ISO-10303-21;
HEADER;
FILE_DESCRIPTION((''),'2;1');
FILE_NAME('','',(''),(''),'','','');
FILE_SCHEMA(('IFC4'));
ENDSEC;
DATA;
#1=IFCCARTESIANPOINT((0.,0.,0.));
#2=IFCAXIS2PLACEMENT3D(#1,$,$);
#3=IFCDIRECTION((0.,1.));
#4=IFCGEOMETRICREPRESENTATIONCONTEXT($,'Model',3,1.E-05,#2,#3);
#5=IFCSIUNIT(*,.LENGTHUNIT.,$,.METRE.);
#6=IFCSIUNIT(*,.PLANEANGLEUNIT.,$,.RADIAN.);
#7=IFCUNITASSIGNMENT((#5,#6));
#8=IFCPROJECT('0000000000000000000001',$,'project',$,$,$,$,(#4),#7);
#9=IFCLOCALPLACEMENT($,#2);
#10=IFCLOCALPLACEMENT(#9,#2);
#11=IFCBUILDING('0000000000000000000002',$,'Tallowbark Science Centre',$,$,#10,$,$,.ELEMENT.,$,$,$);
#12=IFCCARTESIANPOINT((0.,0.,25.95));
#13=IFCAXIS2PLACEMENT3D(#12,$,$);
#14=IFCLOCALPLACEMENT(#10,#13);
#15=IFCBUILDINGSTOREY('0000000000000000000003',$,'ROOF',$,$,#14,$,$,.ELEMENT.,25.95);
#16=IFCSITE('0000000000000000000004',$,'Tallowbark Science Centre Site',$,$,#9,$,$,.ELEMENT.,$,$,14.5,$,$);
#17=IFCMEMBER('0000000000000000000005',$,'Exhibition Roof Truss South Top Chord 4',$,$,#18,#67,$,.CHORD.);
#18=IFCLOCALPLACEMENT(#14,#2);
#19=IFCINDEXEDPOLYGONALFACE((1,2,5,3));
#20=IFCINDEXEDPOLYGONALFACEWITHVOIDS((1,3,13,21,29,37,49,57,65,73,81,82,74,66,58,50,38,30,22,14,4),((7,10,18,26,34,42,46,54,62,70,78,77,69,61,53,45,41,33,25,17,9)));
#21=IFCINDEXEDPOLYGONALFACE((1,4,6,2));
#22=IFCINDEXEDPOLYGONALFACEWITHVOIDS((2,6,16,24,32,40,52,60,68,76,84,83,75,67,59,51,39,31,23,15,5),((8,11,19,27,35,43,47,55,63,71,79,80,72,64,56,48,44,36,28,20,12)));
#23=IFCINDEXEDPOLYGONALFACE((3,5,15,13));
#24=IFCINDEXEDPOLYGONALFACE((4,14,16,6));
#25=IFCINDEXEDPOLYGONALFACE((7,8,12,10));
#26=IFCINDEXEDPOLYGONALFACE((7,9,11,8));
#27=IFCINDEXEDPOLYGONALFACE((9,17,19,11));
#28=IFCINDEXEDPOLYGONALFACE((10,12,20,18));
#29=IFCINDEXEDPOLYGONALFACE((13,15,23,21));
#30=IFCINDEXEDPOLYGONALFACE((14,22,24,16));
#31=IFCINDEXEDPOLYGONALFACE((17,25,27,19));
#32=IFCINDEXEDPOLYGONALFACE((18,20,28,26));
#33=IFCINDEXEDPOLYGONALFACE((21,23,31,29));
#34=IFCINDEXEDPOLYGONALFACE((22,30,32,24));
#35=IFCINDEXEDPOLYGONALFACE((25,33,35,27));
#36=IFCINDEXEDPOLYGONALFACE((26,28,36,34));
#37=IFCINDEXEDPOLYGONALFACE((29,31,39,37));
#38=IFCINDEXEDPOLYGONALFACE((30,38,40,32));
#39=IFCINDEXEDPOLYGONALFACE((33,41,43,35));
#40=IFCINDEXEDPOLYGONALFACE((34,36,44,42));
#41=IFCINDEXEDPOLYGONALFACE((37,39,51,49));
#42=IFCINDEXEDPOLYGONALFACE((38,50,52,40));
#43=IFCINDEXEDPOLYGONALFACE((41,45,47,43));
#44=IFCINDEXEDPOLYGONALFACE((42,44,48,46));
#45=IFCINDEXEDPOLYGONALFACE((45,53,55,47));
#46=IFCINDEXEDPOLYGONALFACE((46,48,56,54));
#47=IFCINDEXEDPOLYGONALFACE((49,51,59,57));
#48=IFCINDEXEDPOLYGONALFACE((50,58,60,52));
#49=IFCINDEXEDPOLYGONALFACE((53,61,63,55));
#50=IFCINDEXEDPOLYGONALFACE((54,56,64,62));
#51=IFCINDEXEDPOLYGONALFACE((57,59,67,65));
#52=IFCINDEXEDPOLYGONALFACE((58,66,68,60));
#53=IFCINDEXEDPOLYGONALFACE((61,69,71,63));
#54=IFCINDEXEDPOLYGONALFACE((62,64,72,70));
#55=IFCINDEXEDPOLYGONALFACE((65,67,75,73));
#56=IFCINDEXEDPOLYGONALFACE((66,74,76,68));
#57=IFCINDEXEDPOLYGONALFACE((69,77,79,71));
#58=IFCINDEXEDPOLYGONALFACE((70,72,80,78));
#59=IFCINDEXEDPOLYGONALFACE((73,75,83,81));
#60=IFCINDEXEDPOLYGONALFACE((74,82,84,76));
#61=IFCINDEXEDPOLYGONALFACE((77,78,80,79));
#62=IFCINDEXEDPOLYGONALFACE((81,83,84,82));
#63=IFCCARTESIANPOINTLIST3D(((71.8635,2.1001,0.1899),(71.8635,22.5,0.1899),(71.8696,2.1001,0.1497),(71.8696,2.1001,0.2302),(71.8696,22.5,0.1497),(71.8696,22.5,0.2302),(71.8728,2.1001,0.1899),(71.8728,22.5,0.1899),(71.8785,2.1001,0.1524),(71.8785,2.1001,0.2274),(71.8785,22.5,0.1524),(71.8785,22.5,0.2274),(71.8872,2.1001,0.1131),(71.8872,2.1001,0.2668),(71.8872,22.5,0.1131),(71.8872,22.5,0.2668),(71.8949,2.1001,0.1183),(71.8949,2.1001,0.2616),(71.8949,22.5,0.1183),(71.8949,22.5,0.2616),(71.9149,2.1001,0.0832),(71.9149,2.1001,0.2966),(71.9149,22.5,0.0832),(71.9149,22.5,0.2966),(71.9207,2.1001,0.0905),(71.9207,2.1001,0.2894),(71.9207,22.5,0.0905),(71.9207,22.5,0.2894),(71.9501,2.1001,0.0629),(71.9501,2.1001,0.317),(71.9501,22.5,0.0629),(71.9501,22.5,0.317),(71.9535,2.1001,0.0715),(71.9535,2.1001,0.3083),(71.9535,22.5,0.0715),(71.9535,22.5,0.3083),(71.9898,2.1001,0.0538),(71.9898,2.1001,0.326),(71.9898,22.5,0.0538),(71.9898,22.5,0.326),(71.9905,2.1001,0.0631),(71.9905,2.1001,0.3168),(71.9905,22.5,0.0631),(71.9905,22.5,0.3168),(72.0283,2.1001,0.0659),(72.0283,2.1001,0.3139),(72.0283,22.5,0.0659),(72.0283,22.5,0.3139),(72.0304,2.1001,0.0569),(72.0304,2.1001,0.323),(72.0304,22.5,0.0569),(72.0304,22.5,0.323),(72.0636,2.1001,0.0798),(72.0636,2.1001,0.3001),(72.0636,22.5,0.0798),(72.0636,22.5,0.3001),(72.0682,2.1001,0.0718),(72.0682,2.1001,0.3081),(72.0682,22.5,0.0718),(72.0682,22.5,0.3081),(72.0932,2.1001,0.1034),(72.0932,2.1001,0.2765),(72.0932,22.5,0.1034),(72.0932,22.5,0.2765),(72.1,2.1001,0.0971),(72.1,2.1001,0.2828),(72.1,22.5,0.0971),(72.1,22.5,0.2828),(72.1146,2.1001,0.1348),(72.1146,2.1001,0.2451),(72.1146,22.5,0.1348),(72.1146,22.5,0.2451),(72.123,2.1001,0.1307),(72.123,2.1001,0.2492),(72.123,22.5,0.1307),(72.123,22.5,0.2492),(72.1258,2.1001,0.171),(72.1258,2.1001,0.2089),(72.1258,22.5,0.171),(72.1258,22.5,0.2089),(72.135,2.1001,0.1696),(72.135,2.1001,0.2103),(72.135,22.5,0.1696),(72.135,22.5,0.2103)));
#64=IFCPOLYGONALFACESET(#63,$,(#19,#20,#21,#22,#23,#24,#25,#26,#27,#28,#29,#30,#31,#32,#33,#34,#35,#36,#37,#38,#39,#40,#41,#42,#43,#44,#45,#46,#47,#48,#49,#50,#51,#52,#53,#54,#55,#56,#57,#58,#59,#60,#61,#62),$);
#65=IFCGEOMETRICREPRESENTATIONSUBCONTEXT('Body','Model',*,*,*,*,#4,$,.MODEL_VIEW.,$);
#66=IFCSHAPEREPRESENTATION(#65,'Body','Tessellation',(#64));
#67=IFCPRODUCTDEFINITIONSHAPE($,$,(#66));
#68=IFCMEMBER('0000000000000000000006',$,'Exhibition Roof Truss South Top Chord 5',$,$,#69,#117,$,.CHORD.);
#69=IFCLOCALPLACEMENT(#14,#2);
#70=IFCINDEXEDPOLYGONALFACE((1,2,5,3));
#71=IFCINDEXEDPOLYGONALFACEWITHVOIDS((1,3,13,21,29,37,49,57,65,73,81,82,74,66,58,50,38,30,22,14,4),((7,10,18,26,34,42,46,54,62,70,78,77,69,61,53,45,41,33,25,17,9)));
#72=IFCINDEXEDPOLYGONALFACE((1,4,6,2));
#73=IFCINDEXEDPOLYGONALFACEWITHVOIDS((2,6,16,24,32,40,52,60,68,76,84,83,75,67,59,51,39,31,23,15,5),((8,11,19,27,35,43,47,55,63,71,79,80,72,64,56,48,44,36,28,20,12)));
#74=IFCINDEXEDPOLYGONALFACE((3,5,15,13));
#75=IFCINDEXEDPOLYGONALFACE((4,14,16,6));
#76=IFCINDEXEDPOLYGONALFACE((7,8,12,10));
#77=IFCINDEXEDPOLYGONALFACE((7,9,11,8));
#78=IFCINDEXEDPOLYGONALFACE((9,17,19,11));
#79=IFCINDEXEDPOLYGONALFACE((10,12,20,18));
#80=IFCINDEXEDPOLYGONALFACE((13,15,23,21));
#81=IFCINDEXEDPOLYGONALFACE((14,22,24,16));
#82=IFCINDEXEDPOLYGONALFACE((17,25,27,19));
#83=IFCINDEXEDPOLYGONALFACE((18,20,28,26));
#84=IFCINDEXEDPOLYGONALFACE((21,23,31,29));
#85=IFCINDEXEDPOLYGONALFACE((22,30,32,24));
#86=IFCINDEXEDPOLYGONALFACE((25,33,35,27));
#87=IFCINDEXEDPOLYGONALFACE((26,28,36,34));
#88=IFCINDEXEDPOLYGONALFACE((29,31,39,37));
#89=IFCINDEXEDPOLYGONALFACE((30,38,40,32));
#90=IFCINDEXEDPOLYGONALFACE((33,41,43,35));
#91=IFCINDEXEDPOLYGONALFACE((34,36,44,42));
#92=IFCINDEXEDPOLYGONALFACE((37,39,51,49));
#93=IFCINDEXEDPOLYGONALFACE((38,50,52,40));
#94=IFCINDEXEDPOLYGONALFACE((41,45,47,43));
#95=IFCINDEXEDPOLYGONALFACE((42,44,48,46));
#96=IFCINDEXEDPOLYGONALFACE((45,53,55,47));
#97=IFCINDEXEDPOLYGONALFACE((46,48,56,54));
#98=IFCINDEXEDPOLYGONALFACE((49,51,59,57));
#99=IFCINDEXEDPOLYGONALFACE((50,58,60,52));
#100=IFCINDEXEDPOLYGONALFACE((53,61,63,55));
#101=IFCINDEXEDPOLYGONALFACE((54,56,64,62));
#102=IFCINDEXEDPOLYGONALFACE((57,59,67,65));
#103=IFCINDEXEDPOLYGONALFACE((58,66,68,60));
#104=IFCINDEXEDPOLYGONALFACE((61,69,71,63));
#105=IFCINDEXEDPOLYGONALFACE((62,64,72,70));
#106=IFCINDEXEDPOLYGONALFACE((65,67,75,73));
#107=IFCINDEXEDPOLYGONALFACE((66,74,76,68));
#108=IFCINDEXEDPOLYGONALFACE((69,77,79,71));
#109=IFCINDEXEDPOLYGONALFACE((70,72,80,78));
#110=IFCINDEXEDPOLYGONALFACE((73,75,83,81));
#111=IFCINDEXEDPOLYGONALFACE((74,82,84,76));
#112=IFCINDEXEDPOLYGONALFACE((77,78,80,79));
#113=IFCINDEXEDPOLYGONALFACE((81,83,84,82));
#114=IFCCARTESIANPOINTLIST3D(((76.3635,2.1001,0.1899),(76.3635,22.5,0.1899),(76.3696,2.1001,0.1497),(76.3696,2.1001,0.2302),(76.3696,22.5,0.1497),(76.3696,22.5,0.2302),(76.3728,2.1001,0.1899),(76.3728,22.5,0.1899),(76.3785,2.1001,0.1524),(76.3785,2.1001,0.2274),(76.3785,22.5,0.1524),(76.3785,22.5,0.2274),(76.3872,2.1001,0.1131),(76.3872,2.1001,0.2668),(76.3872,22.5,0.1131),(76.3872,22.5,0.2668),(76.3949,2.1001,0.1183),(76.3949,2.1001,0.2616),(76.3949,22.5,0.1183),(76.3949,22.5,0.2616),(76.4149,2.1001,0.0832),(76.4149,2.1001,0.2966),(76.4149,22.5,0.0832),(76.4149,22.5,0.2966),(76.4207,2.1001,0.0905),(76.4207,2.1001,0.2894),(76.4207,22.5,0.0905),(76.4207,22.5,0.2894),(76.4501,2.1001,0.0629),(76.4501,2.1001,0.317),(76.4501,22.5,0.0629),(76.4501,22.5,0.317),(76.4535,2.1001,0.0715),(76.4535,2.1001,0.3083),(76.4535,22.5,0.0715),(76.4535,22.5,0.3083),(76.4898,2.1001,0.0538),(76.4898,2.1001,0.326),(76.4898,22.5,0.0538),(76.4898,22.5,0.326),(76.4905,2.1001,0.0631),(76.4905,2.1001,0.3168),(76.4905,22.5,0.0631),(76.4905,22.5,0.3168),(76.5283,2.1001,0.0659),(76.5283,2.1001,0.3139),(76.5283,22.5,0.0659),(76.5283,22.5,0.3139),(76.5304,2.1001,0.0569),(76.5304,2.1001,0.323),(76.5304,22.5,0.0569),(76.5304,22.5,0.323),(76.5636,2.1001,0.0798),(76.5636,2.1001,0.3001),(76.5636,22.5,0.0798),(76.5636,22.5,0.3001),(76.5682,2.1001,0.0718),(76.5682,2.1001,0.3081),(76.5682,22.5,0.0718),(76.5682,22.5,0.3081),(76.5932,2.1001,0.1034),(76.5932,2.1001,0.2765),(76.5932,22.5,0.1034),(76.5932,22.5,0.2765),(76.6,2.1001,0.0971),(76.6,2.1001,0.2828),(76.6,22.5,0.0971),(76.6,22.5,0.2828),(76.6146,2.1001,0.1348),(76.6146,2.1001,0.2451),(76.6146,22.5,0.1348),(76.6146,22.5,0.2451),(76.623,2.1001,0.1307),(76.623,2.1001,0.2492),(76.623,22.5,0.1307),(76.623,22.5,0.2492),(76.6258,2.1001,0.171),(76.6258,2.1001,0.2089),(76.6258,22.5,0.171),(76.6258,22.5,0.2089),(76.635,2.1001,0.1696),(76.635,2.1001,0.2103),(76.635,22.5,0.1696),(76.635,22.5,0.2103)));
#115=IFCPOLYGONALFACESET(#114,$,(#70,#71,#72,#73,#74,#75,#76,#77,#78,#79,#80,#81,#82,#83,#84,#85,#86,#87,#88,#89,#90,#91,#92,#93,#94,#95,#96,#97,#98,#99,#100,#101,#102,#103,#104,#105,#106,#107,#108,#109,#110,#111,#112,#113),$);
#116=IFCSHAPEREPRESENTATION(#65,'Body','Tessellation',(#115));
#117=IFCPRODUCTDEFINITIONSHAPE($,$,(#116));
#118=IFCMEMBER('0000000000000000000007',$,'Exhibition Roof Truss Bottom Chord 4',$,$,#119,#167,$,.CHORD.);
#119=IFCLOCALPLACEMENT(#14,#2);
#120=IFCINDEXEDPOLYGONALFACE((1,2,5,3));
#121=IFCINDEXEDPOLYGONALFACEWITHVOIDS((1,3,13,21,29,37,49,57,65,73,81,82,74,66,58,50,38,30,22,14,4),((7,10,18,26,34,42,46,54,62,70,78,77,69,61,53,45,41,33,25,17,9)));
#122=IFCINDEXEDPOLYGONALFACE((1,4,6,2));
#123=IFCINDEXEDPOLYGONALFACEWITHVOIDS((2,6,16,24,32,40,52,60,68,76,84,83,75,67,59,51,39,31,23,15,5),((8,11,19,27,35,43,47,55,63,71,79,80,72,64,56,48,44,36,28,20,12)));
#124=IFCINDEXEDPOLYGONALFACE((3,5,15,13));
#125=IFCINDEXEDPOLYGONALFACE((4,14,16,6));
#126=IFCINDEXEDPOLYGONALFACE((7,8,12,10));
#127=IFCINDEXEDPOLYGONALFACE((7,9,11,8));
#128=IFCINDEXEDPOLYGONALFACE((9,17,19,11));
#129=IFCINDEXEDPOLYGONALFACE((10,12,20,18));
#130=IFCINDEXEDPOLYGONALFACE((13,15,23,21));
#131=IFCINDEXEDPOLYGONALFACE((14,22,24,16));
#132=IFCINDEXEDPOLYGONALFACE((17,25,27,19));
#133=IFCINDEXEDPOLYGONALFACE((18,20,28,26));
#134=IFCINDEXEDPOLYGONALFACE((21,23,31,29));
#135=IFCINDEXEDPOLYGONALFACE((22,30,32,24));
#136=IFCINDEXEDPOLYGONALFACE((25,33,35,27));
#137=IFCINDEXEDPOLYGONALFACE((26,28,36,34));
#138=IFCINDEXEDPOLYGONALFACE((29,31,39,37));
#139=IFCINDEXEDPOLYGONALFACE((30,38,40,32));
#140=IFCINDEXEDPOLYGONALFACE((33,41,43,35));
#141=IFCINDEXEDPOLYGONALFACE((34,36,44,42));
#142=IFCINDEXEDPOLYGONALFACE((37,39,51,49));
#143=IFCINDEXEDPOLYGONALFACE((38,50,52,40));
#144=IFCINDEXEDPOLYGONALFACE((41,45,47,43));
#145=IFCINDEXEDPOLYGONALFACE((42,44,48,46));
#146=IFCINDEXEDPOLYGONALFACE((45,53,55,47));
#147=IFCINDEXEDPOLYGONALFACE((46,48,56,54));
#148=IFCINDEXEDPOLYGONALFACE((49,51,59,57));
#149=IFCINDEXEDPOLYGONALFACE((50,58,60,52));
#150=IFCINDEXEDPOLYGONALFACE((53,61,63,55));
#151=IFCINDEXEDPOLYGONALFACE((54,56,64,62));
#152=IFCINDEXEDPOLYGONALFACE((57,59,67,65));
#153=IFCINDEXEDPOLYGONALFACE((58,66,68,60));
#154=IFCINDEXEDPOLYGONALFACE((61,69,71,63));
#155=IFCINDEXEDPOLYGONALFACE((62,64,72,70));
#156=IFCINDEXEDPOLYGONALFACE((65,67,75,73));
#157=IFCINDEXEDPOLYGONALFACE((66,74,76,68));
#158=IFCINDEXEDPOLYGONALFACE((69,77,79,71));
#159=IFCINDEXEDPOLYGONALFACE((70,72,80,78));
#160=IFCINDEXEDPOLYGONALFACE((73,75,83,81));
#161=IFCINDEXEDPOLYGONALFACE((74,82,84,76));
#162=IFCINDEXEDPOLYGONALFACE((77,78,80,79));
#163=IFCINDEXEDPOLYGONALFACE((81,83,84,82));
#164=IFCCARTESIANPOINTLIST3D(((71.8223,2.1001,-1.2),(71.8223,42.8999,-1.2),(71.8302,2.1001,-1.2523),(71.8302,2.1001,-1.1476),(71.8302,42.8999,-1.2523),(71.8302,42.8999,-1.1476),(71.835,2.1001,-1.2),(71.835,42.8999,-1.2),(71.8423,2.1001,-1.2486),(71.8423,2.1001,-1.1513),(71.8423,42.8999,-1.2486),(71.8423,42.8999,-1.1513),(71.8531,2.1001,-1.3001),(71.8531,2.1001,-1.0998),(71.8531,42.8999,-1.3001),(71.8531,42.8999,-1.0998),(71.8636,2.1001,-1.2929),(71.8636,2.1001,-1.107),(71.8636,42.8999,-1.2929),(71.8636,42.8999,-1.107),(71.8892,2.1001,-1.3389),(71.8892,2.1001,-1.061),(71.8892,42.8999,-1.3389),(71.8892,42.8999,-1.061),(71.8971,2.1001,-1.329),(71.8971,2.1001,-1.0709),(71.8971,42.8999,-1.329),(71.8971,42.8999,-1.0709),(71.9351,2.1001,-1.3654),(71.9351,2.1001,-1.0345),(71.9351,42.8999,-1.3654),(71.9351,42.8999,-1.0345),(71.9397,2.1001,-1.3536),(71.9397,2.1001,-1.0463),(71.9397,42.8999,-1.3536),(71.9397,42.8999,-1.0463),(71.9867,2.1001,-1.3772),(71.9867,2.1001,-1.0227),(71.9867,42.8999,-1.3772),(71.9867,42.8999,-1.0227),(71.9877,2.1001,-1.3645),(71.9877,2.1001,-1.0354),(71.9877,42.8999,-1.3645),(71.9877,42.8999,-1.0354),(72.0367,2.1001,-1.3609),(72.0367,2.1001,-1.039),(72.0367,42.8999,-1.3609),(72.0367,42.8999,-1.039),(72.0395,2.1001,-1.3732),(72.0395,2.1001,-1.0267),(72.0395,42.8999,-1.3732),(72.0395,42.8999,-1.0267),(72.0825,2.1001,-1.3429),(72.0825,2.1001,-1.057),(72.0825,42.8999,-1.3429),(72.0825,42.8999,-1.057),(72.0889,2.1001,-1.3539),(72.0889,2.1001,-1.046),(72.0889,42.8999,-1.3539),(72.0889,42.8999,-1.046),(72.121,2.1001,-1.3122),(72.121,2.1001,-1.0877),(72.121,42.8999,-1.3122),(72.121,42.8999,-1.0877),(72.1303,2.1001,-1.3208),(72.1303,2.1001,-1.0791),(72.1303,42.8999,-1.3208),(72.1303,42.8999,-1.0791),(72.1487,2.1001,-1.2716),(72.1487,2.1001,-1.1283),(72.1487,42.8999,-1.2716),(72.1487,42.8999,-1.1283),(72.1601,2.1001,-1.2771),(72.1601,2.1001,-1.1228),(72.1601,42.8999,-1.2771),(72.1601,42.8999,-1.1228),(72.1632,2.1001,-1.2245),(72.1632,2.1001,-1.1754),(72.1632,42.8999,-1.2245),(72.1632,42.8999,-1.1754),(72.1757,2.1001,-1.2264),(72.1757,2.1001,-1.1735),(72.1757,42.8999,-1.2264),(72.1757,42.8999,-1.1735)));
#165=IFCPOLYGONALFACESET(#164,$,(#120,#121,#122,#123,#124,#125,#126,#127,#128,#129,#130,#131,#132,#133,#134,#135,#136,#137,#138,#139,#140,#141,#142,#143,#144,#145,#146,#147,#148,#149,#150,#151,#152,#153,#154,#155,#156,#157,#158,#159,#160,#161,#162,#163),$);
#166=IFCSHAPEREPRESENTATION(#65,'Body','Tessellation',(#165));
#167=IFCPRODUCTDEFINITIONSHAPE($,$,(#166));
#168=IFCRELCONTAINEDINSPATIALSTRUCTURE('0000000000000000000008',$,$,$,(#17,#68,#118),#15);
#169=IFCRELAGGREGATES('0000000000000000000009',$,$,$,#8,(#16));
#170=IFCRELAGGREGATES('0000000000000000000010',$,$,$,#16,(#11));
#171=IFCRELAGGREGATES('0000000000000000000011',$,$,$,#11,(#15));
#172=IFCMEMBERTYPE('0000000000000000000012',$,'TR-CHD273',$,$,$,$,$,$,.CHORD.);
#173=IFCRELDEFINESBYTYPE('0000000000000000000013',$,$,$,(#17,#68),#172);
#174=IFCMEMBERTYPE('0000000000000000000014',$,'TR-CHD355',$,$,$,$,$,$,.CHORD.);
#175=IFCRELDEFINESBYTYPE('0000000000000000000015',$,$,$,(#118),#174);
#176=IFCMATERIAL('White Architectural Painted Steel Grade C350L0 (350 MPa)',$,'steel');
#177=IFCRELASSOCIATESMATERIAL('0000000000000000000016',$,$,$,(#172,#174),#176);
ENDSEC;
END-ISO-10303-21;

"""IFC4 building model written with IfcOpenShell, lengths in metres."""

from ifc_helpers import new_model, si_unit, direction, frame, origin, origin_2d, place, context, subcontext, project, spatial, hollow_circle, extrude, material, material_profile, profile_set, type_object, element, save


model = new_model("IFC4")

# Units and contexts
model_context = context("Model", 3, precision=1e-05, world=origin(), true_north=direction((0.0, 1.0)))
body_context = subcontext(model_context, "Body", "Model", "MODEL_VIEW")
ifc_project = project(units=[si_unit("LENGTHUNIT", "METRE"), si_unit("PLANEANGLEUNIT", "RADIAN")], contexts=[model_context])

# Site, building, storey
site_placement = place(None, origin())
site = spatial("IfcSite", under=ifc_project, at=site_placement, Name="Tallowbark Science Centre Site", CompositionType="ELEMENT", RefElevation=14.5)
building_placement = place(site_placement, origin())
building = spatial("IfcBuilding", under=site, at=building_placement, Name="Tallowbark Science Centre", CompositionType="ELEMENT")
storey_placement = place(building_placement, frame((0.0, 0.0, 25.95)))
storey = spatial("IfcBuildingStorey", under=building, at=storey_placement, Name="ROOF", CompositionType="ELEMENT", Elevation=25.95)

# Shared definitions
ifc_material_1 = material(Name="White Architectural Painted Steel Grade C350L0 (350 MPa)", Category="steel")

# Members
ifc_material_profile_1 = material_profile(ifc_material_1, hollow_circle(Radius=0.1365, WallThickness=0.0093, at=origin_2d()), Name="273.1x9.3CHS")
ifc_profile_set_1 = profile_set([ifc_material_profile_1], Name="White Architectural Painted Steel Grade C350L0 (350 MPa)")
member_type_1 = type_object("IfcMemberType", Name="TR-CHD273", PredefinedType="CHORD", material=ifc_profile_set_1)
for number, where, z_axis, x_axis, name in (
    (1, (72.0, 2.1001, 0.1899), (0.0, 1.0, 0.0), (-1.0, 0.0, 0.0), "Exhibition Roof Truss South Top Chord 4"),
    (2, (76.5, 2.1001, 0.1899), (0.0, 1.0, 0.0), (-1.0, 0.0, 0.0), "Exhibition Roof Truss South Top Chord 5"),
):
    element("IfcMember", number, at=place(storey_placement, frame(where, z_axis=z_axis, x_axis=x_axis)), inside=storey, type_object=member_type_1, Name=name, PredefinedType="CHORD", context=body_context, shape_type="SweptSolid", body=[
        extrude(hollow_circle(Radius=0.1365, WallThickness=0.0093, at=origin_2d()), origin(), (0.0, 0.0, 1.0), 20.3999),
    ])
ifc_material_profile_2 = material_profile(ifc_material_1, hollow_circle(Radius=0.1777, WallThickness=0.0127, at=origin_2d()), Name="355.6x12.7CHS")
ifc_profile_set_2 = profile_set([ifc_material_profile_2], Name="White Architectural Painted Steel Grade C350L0 (350 MPa)")
member_type_2 = type_object("IfcMemberType", Name="TR-CHD355", PredefinedType="CHORD", material=ifc_profile_set_2)
for number, where, z_axis, x_axis, name in (
    (3, (72.0, 2.1001, -1.2), (0.0, 1.0, 0.0), (-1.0, 0.0, 0.0), "Exhibition Roof Truss Bottom Chord 4"),
):
    element("IfcMember", number, at=place(storey_placement, frame(where, z_axis=z_axis, x_axis=x_axis)), inside=storey, type_object=member_type_2, Name=name, PredefinedType="CHORD", context=body_context, shape_type="SweptSolid", body=[
        extrude(hollow_circle(Radius=0.1777, WallThickness=0.0127, at=origin_2d()), origin(), (0.0, 0.0, 1.0), 40.7998),
    ])

save(model, "model.ifc")
